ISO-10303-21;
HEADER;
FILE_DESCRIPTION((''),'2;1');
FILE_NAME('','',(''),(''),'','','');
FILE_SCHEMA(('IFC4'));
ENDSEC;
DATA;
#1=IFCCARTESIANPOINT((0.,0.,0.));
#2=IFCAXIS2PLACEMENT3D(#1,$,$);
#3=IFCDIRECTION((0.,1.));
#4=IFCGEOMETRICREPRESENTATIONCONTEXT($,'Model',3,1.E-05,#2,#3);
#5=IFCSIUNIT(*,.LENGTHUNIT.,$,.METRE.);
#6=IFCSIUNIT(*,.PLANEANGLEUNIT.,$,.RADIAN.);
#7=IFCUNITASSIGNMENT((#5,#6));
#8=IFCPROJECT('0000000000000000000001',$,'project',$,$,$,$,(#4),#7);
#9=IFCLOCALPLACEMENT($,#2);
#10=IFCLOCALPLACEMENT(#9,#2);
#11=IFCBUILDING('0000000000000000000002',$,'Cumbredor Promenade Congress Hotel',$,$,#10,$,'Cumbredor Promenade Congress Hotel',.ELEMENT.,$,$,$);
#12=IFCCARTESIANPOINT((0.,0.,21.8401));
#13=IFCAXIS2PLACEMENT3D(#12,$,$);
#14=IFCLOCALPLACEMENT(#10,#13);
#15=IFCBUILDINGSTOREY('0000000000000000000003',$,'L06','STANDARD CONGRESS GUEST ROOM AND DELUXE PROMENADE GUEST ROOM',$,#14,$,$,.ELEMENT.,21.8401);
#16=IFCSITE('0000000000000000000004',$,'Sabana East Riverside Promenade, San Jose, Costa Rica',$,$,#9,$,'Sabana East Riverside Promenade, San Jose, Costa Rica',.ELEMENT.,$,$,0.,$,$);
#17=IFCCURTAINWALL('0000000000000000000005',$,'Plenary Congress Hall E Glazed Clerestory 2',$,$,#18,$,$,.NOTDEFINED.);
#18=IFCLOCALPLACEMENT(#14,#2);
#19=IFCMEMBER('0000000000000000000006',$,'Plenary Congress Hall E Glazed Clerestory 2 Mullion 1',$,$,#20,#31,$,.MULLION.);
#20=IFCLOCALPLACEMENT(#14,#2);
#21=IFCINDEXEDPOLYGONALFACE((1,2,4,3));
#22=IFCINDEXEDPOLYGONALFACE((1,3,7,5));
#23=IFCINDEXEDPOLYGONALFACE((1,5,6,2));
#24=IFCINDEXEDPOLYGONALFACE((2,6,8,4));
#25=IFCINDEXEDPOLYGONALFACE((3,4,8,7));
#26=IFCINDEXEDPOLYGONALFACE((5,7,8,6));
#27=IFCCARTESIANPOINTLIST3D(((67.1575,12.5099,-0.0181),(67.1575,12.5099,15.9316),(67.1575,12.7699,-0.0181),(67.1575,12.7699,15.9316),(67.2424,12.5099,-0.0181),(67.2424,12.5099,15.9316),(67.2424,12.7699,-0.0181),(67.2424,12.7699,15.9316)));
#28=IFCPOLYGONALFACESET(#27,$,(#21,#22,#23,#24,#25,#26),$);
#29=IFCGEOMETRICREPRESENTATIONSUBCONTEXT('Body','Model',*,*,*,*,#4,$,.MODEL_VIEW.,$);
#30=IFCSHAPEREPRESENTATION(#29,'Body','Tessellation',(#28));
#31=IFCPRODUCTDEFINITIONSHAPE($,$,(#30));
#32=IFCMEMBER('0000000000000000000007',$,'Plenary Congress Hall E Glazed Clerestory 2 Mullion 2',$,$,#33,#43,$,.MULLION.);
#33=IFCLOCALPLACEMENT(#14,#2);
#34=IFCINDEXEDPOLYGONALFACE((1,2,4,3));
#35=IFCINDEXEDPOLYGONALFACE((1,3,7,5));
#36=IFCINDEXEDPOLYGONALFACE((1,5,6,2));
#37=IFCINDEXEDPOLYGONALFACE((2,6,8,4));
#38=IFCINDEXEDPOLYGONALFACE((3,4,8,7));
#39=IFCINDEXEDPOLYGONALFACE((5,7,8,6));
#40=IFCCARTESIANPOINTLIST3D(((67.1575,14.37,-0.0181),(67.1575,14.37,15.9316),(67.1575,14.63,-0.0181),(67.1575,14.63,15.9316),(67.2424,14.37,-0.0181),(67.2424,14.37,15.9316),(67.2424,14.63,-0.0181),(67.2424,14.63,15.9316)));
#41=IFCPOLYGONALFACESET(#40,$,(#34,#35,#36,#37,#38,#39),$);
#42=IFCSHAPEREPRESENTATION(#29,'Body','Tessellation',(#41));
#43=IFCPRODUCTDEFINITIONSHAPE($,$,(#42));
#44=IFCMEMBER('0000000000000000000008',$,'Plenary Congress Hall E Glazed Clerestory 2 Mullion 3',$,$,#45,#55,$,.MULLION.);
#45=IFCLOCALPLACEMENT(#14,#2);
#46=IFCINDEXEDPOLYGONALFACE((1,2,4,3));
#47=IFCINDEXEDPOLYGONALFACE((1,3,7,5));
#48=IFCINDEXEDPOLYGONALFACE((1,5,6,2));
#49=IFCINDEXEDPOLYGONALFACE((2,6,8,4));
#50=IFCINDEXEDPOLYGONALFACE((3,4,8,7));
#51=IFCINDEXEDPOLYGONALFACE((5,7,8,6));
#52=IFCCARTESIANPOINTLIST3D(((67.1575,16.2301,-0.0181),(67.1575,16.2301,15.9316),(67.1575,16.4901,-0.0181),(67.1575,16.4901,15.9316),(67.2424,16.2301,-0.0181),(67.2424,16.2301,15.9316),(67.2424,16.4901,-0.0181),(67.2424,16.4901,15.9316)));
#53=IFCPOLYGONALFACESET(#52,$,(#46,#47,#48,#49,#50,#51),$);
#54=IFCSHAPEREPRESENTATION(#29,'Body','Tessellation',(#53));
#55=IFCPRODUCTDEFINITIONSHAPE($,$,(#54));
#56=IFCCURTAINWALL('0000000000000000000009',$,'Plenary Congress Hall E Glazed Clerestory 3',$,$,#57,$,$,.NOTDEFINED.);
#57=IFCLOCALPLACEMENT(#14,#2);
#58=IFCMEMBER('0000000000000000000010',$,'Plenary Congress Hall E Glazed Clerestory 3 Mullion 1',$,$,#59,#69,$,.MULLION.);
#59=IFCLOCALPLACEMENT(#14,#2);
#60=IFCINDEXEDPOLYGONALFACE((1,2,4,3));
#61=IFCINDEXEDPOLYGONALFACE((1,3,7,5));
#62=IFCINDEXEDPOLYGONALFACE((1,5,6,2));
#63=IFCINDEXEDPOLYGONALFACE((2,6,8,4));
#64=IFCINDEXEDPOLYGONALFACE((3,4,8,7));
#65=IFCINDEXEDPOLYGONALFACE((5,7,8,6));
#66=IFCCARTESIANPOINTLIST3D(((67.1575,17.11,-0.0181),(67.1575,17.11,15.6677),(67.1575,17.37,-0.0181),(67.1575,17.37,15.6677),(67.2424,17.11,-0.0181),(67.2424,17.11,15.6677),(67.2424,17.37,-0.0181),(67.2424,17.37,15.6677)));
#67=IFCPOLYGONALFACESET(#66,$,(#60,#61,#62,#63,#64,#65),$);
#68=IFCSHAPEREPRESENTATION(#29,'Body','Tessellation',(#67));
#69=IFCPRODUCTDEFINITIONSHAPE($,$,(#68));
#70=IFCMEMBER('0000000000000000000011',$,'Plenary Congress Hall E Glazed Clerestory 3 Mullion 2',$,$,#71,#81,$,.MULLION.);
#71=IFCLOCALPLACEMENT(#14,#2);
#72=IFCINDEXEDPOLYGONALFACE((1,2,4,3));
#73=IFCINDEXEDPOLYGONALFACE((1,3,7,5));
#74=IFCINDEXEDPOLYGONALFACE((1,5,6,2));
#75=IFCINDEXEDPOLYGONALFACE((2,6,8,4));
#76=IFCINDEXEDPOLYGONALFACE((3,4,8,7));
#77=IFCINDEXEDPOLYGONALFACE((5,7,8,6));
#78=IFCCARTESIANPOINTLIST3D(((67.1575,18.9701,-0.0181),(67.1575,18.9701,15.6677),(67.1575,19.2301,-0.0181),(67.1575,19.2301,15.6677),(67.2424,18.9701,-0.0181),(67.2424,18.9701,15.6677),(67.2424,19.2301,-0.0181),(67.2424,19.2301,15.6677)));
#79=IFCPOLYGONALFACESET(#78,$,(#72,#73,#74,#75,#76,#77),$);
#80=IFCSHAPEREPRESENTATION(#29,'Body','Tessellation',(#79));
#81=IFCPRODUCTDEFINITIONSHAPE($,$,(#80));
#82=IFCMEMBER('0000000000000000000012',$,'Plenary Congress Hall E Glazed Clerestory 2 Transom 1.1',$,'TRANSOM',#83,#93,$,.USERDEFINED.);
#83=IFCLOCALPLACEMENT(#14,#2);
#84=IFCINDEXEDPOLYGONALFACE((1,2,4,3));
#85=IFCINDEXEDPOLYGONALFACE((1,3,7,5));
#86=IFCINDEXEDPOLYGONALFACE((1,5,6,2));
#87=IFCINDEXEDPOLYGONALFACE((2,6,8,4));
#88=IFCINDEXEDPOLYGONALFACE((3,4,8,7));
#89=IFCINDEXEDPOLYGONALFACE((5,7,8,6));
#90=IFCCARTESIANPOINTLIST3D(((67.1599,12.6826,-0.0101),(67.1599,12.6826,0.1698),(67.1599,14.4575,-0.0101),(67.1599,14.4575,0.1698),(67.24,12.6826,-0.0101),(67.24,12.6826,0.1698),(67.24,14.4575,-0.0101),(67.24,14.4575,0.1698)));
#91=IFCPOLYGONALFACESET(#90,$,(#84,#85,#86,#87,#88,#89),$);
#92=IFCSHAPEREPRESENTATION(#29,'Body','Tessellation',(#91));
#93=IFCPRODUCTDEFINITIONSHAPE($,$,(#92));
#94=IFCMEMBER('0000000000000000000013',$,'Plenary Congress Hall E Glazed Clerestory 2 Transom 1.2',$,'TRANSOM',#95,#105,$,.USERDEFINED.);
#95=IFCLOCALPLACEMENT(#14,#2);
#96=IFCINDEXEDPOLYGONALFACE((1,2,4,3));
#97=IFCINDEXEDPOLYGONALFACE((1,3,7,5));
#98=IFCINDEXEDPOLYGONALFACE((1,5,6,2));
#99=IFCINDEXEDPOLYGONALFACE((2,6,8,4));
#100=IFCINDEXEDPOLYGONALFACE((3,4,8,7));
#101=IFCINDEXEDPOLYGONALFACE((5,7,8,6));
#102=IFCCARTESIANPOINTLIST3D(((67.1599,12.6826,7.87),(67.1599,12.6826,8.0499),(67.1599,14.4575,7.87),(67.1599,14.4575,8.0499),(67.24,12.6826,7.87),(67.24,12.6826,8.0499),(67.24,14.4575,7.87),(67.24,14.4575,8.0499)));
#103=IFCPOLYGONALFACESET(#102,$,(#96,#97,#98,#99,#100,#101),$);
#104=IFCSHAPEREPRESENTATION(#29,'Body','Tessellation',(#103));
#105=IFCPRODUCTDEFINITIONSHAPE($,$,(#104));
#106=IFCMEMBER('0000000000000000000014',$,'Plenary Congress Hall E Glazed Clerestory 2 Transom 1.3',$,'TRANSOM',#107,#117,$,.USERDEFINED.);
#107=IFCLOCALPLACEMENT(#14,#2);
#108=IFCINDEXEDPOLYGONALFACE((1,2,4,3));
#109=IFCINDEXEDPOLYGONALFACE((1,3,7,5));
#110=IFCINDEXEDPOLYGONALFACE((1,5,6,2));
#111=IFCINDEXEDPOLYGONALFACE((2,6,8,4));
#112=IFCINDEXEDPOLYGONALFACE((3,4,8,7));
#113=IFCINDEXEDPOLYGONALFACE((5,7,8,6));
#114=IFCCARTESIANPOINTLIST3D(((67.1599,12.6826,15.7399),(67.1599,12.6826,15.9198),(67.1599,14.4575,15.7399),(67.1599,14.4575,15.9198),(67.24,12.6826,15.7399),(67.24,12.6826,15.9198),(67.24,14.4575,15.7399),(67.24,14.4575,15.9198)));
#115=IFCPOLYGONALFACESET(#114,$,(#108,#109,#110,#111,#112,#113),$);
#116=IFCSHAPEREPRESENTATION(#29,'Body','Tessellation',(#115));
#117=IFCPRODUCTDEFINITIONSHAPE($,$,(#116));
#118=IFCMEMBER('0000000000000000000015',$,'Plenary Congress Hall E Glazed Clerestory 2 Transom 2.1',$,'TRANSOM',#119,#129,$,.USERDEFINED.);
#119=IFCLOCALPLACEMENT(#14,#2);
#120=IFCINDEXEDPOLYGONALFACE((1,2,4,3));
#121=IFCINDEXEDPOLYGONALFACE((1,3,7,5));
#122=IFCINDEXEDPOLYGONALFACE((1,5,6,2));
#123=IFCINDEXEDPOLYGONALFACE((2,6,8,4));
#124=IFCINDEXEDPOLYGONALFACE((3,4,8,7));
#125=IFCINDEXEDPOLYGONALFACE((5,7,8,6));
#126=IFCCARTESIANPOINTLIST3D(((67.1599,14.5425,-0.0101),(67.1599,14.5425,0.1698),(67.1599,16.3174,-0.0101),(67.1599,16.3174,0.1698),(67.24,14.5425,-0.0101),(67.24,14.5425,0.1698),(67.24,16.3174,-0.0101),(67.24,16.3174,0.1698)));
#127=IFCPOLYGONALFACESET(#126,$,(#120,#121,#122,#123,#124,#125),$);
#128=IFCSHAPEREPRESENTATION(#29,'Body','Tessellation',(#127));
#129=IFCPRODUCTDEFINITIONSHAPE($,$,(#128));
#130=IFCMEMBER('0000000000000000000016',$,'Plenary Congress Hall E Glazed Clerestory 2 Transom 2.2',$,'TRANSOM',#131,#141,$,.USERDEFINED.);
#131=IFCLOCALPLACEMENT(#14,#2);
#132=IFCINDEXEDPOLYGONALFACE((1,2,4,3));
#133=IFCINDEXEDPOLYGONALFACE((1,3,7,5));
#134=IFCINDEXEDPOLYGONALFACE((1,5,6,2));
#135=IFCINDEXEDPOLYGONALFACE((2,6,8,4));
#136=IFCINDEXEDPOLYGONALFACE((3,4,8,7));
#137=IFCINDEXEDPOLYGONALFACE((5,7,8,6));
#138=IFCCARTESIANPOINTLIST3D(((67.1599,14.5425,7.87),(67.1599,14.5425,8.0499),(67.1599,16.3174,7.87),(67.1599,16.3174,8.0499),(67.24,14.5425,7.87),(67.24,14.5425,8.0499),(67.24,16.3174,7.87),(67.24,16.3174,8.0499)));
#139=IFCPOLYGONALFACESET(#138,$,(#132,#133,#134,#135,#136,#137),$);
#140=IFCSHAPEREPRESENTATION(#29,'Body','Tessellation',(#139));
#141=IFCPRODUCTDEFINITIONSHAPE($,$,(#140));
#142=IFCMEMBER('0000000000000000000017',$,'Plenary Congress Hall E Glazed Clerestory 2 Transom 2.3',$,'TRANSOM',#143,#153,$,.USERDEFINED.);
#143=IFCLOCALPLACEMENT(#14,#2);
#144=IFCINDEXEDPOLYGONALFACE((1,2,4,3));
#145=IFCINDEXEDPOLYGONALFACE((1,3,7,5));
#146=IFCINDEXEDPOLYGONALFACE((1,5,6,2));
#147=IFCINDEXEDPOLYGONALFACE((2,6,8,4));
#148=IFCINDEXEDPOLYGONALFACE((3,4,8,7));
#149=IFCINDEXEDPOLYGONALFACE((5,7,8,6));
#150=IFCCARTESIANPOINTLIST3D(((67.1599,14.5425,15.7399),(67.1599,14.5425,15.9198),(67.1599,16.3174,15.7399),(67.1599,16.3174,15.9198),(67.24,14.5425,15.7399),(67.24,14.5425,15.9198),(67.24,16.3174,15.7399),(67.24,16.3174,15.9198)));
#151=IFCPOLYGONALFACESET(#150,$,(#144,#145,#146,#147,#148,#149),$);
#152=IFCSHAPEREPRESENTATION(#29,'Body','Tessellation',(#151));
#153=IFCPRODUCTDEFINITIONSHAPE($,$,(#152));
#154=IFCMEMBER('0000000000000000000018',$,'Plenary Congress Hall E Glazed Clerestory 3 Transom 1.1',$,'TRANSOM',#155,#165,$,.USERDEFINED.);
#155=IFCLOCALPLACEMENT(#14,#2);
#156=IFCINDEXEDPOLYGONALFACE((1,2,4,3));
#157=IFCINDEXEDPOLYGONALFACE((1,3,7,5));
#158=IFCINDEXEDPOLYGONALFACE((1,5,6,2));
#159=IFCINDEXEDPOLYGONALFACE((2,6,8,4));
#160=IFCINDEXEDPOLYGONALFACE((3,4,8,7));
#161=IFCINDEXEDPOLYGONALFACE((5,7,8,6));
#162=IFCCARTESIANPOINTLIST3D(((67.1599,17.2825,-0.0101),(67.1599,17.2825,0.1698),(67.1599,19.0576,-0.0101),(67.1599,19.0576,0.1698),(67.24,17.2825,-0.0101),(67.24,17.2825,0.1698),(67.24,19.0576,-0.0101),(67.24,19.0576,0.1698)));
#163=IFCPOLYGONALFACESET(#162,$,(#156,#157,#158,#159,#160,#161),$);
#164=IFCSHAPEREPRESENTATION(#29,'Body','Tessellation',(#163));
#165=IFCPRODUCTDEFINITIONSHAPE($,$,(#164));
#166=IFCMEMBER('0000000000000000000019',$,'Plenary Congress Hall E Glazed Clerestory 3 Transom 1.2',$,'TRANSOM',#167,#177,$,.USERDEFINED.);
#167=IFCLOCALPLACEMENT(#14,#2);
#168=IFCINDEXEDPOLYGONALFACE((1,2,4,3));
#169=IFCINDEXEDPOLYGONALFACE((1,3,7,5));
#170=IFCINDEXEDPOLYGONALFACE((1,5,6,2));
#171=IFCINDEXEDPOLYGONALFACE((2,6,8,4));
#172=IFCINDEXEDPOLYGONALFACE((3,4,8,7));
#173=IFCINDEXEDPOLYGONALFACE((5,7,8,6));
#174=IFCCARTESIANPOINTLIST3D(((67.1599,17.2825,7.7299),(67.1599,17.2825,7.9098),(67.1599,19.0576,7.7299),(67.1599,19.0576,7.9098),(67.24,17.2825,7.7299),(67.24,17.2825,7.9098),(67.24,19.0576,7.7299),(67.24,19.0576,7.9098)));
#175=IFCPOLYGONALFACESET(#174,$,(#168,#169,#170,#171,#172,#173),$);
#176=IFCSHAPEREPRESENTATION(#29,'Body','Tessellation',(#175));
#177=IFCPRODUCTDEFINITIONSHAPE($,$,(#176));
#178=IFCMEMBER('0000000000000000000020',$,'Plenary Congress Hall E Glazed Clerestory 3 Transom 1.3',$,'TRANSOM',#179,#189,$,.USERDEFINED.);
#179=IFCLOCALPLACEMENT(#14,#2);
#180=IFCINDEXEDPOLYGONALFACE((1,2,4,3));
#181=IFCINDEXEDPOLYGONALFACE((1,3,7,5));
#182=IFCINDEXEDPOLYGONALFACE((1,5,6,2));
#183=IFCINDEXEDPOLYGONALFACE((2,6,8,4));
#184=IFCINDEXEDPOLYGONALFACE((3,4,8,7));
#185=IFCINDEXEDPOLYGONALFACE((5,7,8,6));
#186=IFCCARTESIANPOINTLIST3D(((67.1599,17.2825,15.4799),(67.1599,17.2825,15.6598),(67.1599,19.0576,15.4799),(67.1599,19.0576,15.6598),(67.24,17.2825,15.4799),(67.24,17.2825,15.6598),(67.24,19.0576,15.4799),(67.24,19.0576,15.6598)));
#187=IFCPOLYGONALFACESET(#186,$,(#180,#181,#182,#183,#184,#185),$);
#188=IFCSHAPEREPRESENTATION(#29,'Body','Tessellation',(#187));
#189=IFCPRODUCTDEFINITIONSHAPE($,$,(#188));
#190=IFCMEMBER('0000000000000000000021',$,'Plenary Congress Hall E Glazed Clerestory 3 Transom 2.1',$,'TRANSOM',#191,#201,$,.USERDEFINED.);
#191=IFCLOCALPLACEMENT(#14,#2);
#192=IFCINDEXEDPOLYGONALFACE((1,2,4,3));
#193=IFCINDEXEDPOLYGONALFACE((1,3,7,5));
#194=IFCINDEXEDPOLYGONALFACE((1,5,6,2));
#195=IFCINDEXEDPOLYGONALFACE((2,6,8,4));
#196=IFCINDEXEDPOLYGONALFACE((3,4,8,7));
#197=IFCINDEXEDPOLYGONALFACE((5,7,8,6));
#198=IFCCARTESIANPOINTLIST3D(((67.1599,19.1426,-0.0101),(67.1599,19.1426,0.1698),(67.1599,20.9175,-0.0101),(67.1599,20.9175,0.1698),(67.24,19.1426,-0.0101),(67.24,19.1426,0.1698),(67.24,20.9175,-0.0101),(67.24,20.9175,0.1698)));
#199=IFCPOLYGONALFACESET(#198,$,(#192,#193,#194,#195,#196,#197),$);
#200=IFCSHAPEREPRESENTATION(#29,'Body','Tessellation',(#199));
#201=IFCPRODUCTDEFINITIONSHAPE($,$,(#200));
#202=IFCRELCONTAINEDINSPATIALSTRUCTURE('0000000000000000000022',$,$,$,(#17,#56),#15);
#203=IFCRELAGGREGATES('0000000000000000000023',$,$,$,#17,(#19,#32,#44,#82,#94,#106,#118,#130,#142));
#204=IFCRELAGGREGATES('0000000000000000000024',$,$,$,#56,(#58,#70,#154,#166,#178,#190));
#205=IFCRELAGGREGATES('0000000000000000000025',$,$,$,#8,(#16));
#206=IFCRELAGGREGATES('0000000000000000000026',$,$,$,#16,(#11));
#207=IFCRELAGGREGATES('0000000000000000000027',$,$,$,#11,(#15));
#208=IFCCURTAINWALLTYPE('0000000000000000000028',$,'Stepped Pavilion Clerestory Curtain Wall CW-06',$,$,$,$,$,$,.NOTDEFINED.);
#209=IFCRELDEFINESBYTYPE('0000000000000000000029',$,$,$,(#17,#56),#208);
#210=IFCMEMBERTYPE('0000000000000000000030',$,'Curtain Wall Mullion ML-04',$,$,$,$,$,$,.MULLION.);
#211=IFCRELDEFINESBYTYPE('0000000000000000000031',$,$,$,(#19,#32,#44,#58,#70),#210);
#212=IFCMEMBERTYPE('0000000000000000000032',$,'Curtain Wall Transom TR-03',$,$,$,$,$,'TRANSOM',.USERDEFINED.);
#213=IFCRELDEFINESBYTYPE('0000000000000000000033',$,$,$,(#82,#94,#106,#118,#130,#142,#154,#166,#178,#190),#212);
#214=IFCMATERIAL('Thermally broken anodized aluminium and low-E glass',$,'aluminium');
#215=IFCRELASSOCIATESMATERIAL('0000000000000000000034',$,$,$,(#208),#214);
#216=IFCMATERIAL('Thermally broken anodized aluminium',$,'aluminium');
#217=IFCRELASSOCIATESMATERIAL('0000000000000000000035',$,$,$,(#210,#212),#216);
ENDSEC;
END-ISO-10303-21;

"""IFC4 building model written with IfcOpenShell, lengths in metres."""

from ifc_helpers import new_model, si_unit, direction, frame, origin, origin_2d, place, context, subcontext, project, spatial, rectangle, extrude, material, material_profile, profile_set, type_object, element, aggregate, save


model = new_model("IFC4")

# Units and contexts
model_context = context("Model", 3, precision=1e-05, world=origin(), true_north=direction((0.0, 1.0)))
body_context = subcontext(model_context, "Body", "Model", "MODEL_VIEW")
ifc_project = project(units=[si_unit("LENGTHUNIT", "METRE"), si_unit("PLANEANGLEUNIT", "RADIAN")], contexts=[model_context])

# Site, building, storey
site_placement = place(None, origin())
site = spatial("IfcSite", under=ifc_project, at=site_placement, Name="Sabana East Riverside Promenade, San Jose, Costa Rica", LongName="Sabana East Riverside Promenade, San Jose, Costa Rica", CompositionType="ELEMENT", RefElevation=0.0)
building_placement = place(site_placement, origin())
building = spatial("IfcBuilding", under=site, at=building_placement, Name="Cumbredor Promenade Congress Hotel", LongName="Cumbredor Promenade Congress Hotel", CompositionType="ELEMENT")
storey_placement = place(building_placement, frame((0.0, 0.0, 21.8401)))
storey = spatial("IfcBuildingStorey", under=building, at=storey_placement, Name="L06", Description="STANDARD CONGRESS GUEST ROOM AND DELUXE PROMENADE GUEST ROOM", CompositionType="ELEMENT", Elevation=21.8401)

# Curtain walls, members
ifc_material_1 = material(Name="Thermally broken anodized aluminium and low-E glass", Category="aluminium")
curtain_wall_type = type_object("IfcCurtainWallType", Name="Stepped Pavilion Clerestory Curtain Wall CW-06", PredefinedType="NOTDEFINED", material=ifc_material_1)
curtain_wall_1_placement = place(storey_placement, origin())
curtain_wall_1 = element("IfcCurtainWall", 1, at=curtain_wall_1_placement, inside=storey, type_object=curtain_wall_type, Name="Plenary Congress Hall E Glazed Clerestory 2", PredefinedType="NOTDEFINED")
ifc_material_2 = material(Name="Thermally broken anodized aluminium", Category="aluminium")
ifc_material_profile_1 = material_profile(ifc_material_2, rectangle(XDim=0.085, YDim=0.26, at=origin_2d()), Name="ALU MULLION CLERESTORY 85x260")
ifc_profile_set_1 = profile_set([ifc_material_profile_1], Name="Thermally broken anodized aluminium")
member_type_1 = type_object("IfcMemberType", Name="Curtain Wall Mullion ML-04", PredefinedType="MULLION", material=ifc_profile_set_1)
member_1_placement = place(storey_placement, frame((67.2, 12.6399, -0.0181), z_axis=(0.0, 0.0, 1.0), x_axis=(1.0, 0.0, 0.0)))
member_1 = element("IfcMember", 2, at=member_1_placement, type_object=member_type_1, Name="Plenary Congress Hall E Glazed Clerestory 2 Mullion 1", PredefinedType="MULLION", context=body_context, shape_type="SweptSolid", body=[
    extrude(rectangle(XDim=0.085, YDim=0.26, at=origin_2d()), origin(), (0.0, 0.0, 1.0), 15.9497),
])
member_2_placement = place(storey_placement, frame((67.2, 14.5, -0.0181), z_axis=(0.0, 0.0, 1.0), x_axis=(1.0, 0.0, 0.0)))
member_2 = element("IfcMember", 3, at=member_2_placement, type_object=member_type_1, Name="Plenary Congress Hall E Glazed Clerestory 2 Mullion 2", PredefinedType="MULLION", context=body_context, shape_type="SweptSolid", body=[
    extrude(rectangle(XDim=0.085, YDim=0.26, at=origin_2d()), origin(), (0.0, 0.0, 1.0), 15.9497),
])
member_3_placement = place(storey_placement, frame((67.2, 16.3601, -0.0181), z_axis=(0.0, 0.0, 1.0), x_axis=(1.0, 0.0, 0.0)))
member_3 = element("IfcMember", 4, at=member_3_placement, type_object=member_type_1, Name="Plenary Congress Hall E Glazed Clerestory 2 Mullion 3", PredefinedType="MULLION", context=body_context, shape_type="SweptSolid", body=[
    extrude(rectangle(XDim=0.085, YDim=0.26, at=origin_2d()), origin(), (0.0, 0.0, 1.0), 15.9497),
])
curtain_wall_2_placement = place(storey_placement, origin())
curtain_wall_2 = element("IfcCurtainWall", 5, at=curtain_wall_2_placement, inside=storey, type_object=curtain_wall_type, Name="Plenary Congress Hall E Glazed Clerestory 3", PredefinedType="NOTDEFINED")
member_4_placement = place(storey_placement, frame((67.2, 17.24, -0.0181), z_axis=(0.0, 0.0, 1.0), x_axis=(1.0, 0.0, 0.0)))
member_4 = element("IfcMember", 6, at=member_4_placement, type_object=member_type_1, Name="Plenary Congress Hall E Glazed Clerestory 3 Mullion 1", PredefinedType="MULLION", context=body_context, shape_type="SweptSolid", body=[
    extrude(rectangle(XDim=0.085, YDim=0.26, at=origin_2d()), origin(), (0.0, 0.0, 1.0), 15.6858),
])
member_5_placement = place(storey_placement, frame((67.2, 19.1001, -0.0181), z_axis=(0.0, 0.0, 1.0), x_axis=(1.0, 0.0, 0.0)))
member_5 = element("IfcMember", 7, at=member_5_placement, type_object=member_type_1, Name="Plenary Congress Hall E Glazed Clerestory 3 Mullion 2", PredefinedType="MULLION", context=body_context, shape_type="SweptSolid", body=[
    extrude(rectangle(XDim=0.085, YDim=0.26, at=origin_2d()), origin(), (0.0, 0.0, 1.0), 15.6858),
])

# Members
ifc_material_profile_2 = material_profile(ifc_material_2, rectangle(XDim=0.0801, YDim=0.1799, at=origin_2d()), Name="ALU TRANSOM 80x180")
ifc_profile_set_2 = profile_set([ifc_material_profile_2], Name="Thermally broken anodized aluminium")
member_type_2 = type_object("IfcMemberType", Name="Curtain Wall Transom TR-03", ElementType="TRANSOM", PredefinedType="USERDEFINED", material=ifc_profile_set_2)
member_6_placement = place(storey_placement, frame((67.2, 12.6826, 0.0798), z_axis=(0.0, 1.0, 0.0), x_axis=(-1.0, 0.0, 0.0)))
member_6 = element("IfcMember", 8, at=member_6_placement, type_object=member_type_2, Name="Plenary Congress Hall E Glazed Clerestory 2 Transom 1.1", ObjectType="TRANSOM", PredefinedType="USERDEFINED", context=body_context, shape_type="SweptSolid", body=[
    extrude(rectangle(XDim=0.0801, YDim=0.1799, at=origin_2d()), origin(), (0.0, 0.0, 1.0), 1.7749),
])
member_7_placement = place(storey_placement, frame((67.2, 12.6826, 7.96), z_axis=(0.0, 1.0, 0.0), x_axis=(-1.0, 0.0, 0.0)))
member_7 = element("IfcMember", 9, at=member_7_placement, type_object=member_type_2, Name="Plenary Congress Hall E Glazed Clerestory 2 Transom 1.2", ObjectType="TRANSOM", PredefinedType="USERDEFINED", context=body_context, shape_type="SweptSolid", body=[
    extrude(rectangle(XDim=0.0801, YDim=0.1799, at=origin_2d()), origin(), (0.0, 0.0, 1.0), 1.7749),
])
member_8_placement = place(storey_placement, frame((67.2, 12.6826, 15.8298), z_axis=(0.0, 1.0, 0.0), x_axis=(-1.0, 0.0, 0.0)))
member_8 = element("IfcMember", 10, at=member_8_placement, type_object=member_type_2, Name="Plenary Congress Hall E Glazed Clerestory 2 Transom 1.3", ObjectType="TRANSOM", PredefinedType="USERDEFINED", context=body_context, shape_type="SweptSolid", body=[
    extrude(rectangle(XDim=0.0801, YDim=0.1799, at=origin_2d()), origin(), (0.0, 0.0, 1.0), 1.7749),
])
member_9_placement = place(storey_placement, frame((67.2, 14.5425, 0.0798), z_axis=(0.0, 1.0, 0.0), x_axis=(-1.0, 0.0, 0.0)))
member_9 = element("IfcMember", 11, at=member_9_placement, type_object=member_type_2, Name="Plenary Congress Hall E Glazed Clerestory 2 Transom 2.1", ObjectType="TRANSOM", PredefinedType="USERDEFINED", context=body_context, shape_type="SweptSolid", body=[
    extrude(rectangle(XDim=0.0801, YDim=0.1799, at=origin_2d()), origin(), (0.0, 0.0, 1.0), 1.7749),
])
member_10_placement = place(storey_placement, frame((67.2, 14.5425, 7.96), z_axis=(0.0, 1.0, 0.0), x_axis=(-1.0, 0.0, 0.0)))
member_10 = element("IfcMember", 12, at=member_10_placement, type_object=member_type_2, Name="Plenary Congress Hall E Glazed Clerestory 2 Transom 2.2", ObjectType="TRANSOM", PredefinedType="USERDEFINED", context=body_context, shape_type="SweptSolid", body=[
    extrude(rectangle(XDim=0.0801, YDim=0.1799, at=origin_2d()), origin(), (0.0, 0.0, 1.0), 1.7749),
])
member_11_placement = place(storey_placement, frame((67.2, 14.5425, 15.8298), z_axis=(0.0, 1.0, 0.0), x_axis=(-1.0, 0.0, 0.0)))
member_11 = element("IfcMember", 13, at=member_11_placement, type_object=member_type_2, Name="Plenary Congress Hall E Glazed Clerestory 2 Transom 2.3", ObjectType="TRANSOM", PredefinedType="USERDEFINED", context=body_context, shape_type="SweptSolid", body=[
    extrude(rectangle(XDim=0.0801, YDim=0.1799, at=origin_2d()), origin(), (0.0, 0.0, 1.0), 1.7749),
])
member_12_placement = place(storey_placement, frame((67.2, 17.2825, 0.0798), z_axis=(0.0, 1.0, 0.0), x_axis=(-1.0, 0.0, 0.0)))
member_12 = element("IfcMember", 14, at=member_12_placement, type_object=member_type_2, Name="Plenary Congress Hall E Glazed Clerestory 3 Transom 1.1", ObjectType="TRANSOM", PredefinedType="USERDEFINED", context=body_context, shape_type="SweptSolid", body=[
    extrude(rectangle(XDim=0.0801, YDim=0.1799, at=origin_2d()), origin(), (0.0, 0.0, 1.0), 1.7751),
])
member_13_placement = place(storey_placement, frame((67.2, 17.2825, 7.8198), z_axis=(0.0, 1.0, 0.0), x_axis=(-1.0, 0.0, 0.0)))
member_13 = element("IfcMember", 15, at=member_13_placement, type_object=member_type_2, Name="Plenary Congress Hall E Glazed Clerestory 3 Transom 1.2", ObjectType="TRANSOM", PredefinedType="USERDEFINED", context=body_context, shape_type="SweptSolid", body=[
    extrude(rectangle(XDim=0.0801, YDim=0.1799, at=origin_2d()), origin(), (0.0, 0.0, 1.0), 1.7751),
])
member_14_placement = place(storey_placement, frame((67.2, 17.2825, 15.5698), z_axis=(0.0, 1.0, 0.0), x_axis=(-1.0, 0.0, 0.0)))
member_14 = element("IfcMember", 16, at=member_14_placement, type_object=member_type_2, Name="Plenary Congress Hall E Glazed Clerestory 3 Transom 1.3", ObjectType="TRANSOM", PredefinedType="USERDEFINED", context=body_context, shape_type="SweptSolid", body=[
    extrude(rectangle(XDim=0.0801, YDim=0.1799, at=origin_2d()), origin(), (0.0, 0.0, 1.0), 1.7751),
])
member_15_placement = place(storey_placement, frame((67.2, 19.1426, 0.0798), z_axis=(0.0, 1.0, 0.0), x_axis=(-1.0, 0.0, 0.0)))
member_15 = element("IfcMember", 17, at=member_15_placement, type_object=member_type_2, Name="Plenary Congress Hall E Glazed Clerestory 3 Transom 2.1", ObjectType="TRANSOM", PredefinedType="USERDEFINED", context=body_context, shape_type="SweptSolid", body=[
    extrude(rectangle(XDim=0.0801, YDim=0.1799, at=origin_2d()), origin(), (0.0, 0.0, 1.0), 1.7749),
])

aggregate(curtain_wall_1, [member_1, member_2, member_3, member_6, member_7, member_8, member_9, member_10, member_11])
aggregate(curtain_wall_2, [member_4, member_5, member_12, member_13, member_14, member_15])

save(model, "model.ifc")
